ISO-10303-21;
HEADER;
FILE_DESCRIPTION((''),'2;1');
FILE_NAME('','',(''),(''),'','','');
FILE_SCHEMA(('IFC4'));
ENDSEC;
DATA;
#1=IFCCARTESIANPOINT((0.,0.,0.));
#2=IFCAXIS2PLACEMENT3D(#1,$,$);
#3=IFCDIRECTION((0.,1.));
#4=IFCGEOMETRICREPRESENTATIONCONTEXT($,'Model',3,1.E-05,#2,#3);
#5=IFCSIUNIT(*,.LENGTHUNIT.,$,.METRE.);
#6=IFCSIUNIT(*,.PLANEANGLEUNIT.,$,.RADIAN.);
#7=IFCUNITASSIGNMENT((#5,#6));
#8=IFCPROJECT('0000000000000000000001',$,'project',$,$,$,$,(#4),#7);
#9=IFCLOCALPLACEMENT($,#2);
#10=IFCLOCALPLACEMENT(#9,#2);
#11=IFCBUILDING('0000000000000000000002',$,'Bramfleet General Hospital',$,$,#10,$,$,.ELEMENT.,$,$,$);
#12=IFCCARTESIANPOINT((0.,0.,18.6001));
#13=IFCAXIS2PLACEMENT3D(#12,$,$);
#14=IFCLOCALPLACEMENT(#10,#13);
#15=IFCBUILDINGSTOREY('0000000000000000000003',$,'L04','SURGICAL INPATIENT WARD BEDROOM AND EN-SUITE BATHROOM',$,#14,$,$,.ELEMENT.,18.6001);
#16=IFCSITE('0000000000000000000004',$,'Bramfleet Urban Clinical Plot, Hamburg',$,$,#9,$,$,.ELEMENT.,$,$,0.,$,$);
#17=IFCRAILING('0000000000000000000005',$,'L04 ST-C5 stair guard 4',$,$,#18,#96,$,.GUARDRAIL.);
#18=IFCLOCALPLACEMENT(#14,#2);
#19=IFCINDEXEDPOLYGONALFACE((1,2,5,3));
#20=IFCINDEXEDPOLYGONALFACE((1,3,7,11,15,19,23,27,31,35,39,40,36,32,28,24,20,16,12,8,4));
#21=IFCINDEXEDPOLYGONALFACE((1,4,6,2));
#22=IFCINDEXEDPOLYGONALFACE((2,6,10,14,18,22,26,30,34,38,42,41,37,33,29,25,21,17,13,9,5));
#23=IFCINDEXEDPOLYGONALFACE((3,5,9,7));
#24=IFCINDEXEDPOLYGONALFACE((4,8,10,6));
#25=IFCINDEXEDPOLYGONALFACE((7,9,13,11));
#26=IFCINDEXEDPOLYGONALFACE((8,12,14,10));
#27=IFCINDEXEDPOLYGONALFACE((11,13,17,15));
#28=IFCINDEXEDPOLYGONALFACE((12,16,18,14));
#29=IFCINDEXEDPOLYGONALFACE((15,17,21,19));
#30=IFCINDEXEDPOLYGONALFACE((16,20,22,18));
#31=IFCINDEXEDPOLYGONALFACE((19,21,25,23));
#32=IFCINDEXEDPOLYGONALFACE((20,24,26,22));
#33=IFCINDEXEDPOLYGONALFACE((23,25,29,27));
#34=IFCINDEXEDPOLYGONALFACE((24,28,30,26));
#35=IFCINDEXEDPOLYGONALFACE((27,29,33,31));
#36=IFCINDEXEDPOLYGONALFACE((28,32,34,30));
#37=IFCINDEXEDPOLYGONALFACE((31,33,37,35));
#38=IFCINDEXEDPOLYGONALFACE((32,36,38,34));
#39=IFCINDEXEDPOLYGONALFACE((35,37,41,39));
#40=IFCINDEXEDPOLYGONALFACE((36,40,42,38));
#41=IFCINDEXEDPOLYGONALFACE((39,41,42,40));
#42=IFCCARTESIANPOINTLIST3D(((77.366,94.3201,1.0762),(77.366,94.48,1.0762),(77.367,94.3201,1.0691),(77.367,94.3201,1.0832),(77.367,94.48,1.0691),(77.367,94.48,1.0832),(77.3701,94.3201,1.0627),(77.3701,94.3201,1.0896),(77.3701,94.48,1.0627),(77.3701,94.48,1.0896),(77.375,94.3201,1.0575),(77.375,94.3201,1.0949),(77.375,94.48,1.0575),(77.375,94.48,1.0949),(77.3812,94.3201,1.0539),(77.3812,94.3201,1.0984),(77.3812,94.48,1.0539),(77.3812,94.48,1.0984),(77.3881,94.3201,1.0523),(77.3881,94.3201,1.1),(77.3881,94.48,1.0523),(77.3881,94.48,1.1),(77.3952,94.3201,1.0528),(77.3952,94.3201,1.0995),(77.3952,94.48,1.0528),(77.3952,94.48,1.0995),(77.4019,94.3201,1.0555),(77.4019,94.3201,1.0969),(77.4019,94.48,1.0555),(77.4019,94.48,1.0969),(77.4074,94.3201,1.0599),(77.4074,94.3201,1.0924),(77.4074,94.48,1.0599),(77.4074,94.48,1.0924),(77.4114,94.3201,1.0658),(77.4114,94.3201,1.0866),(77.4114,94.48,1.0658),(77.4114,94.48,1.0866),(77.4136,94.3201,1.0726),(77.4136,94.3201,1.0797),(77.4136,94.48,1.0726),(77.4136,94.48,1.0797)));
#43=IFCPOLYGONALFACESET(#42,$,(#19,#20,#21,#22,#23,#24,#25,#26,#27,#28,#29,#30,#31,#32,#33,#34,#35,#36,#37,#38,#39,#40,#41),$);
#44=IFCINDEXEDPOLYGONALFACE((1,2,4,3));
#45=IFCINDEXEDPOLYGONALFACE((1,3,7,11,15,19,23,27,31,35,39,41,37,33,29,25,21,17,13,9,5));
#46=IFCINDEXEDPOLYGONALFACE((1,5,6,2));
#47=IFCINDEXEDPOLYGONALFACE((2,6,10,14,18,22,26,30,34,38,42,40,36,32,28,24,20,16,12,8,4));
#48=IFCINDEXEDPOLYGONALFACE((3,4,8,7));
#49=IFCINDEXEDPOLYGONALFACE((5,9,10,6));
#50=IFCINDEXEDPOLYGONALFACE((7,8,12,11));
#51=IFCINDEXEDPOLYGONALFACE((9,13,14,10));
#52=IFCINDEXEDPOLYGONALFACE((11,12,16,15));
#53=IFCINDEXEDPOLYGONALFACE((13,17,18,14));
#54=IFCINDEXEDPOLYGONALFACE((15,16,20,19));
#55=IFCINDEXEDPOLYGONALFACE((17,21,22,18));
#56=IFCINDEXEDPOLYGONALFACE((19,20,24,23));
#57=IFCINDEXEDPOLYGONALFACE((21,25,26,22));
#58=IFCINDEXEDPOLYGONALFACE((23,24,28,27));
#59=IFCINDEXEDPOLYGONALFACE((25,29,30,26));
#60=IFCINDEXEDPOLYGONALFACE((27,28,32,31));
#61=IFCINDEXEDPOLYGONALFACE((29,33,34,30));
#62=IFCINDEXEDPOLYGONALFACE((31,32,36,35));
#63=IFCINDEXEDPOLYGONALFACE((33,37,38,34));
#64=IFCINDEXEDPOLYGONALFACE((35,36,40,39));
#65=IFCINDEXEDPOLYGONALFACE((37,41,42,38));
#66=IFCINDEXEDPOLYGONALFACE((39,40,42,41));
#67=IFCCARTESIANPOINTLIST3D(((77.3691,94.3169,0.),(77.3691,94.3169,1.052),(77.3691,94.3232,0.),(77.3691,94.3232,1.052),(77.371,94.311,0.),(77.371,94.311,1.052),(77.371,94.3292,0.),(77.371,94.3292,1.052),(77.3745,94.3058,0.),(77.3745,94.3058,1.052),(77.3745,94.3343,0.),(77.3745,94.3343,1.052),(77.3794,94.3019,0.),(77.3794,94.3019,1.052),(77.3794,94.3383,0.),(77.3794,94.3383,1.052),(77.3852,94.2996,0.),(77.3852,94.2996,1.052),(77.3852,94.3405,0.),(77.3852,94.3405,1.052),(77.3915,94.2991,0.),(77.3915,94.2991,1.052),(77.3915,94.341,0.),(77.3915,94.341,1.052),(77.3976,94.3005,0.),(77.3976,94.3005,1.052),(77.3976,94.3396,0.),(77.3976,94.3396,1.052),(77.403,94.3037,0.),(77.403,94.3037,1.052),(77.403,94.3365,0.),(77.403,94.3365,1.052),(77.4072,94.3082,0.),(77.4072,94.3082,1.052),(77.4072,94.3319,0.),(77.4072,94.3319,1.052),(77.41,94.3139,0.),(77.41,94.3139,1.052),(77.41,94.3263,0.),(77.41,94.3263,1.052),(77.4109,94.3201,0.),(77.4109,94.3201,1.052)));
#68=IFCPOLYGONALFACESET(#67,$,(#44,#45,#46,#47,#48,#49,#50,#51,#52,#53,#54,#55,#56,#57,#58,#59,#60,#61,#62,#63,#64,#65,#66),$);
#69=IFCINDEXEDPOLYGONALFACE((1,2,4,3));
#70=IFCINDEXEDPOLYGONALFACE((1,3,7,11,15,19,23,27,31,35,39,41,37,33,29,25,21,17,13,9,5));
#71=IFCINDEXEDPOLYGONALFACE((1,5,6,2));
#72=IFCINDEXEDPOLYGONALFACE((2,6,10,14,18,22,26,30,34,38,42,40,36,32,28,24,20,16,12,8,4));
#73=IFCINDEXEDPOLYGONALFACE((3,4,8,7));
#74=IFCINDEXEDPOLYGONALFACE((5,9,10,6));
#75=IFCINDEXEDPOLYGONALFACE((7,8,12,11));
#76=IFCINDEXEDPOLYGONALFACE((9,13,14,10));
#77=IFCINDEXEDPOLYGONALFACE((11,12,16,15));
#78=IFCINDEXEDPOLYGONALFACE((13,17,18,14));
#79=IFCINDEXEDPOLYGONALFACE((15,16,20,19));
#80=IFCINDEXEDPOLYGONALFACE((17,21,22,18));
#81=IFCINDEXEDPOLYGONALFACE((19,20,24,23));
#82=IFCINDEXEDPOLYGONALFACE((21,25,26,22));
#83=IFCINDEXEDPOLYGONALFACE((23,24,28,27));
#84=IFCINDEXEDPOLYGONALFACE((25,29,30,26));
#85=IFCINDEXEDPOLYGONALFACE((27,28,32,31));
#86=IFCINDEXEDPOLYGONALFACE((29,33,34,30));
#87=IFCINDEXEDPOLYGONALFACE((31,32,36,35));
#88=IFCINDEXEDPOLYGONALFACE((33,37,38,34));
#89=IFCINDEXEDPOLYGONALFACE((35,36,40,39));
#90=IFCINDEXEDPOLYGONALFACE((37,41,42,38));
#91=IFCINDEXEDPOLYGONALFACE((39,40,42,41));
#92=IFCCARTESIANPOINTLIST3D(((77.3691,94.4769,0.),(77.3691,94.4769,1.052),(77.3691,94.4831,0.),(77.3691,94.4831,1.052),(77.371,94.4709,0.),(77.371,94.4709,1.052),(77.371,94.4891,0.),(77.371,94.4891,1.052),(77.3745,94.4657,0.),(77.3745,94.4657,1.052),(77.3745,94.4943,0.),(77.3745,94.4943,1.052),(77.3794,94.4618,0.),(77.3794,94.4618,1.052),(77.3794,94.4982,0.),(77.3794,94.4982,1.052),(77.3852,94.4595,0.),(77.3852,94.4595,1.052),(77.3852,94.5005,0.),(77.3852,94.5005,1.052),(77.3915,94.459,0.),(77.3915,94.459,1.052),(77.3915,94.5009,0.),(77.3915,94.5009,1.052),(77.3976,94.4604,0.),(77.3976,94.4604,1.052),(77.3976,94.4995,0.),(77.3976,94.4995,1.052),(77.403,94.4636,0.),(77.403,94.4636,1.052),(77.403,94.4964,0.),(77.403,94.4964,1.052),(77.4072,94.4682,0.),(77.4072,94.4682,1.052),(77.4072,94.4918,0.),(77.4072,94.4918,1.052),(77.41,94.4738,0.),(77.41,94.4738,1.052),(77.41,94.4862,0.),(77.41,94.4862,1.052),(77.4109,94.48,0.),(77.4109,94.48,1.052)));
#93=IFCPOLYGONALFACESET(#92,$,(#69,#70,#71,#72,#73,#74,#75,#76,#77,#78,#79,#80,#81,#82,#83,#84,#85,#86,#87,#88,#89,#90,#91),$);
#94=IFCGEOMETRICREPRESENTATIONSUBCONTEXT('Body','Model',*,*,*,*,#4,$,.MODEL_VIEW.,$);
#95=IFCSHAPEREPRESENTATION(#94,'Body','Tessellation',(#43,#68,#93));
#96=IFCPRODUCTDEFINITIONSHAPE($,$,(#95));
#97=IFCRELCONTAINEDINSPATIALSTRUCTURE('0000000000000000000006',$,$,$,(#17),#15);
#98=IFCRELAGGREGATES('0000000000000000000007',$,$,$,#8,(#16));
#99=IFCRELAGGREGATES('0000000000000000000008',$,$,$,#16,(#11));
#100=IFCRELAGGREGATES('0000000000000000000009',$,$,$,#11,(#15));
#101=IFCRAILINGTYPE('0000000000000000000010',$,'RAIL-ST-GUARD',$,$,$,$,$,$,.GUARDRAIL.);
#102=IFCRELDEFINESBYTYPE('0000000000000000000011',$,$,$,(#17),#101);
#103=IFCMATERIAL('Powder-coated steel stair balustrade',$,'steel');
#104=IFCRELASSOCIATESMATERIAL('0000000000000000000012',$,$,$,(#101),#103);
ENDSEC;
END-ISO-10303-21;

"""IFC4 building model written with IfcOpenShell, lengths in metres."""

from ifc_helpers import new_model, si_unit, direction, frame, origin, origin_2d, place, context, subcontext, project, spatial, circle, extrude, material, type_object, element, save


model = new_model("IFC4")

# Units and contexts
model_context = context("Model", 3, precision=1e-05, world=origin(), true_north=direction((0.0, 1.0)))
body_context = subcontext(model_context, "Body", "Model", "MODEL_VIEW")
ifc_project = project(units=[si_unit("LENGTHUNIT", "METRE"), si_unit("PLANEANGLEUNIT", "RADIAN")], contexts=[model_context])

# Site, building, storey
site_placement = place(None, origin())
site = spatial("IfcSite", under=ifc_project, at=site_placement, Name="Bramfleet Urban Clinical Plot, Hamburg", CompositionType="ELEMENT", RefElevation=0.0)
building_placement = place(site_placement, origin())
building = spatial("IfcBuilding", under=site, at=building_placement, Name="Bramfleet General Hospital", CompositionType="ELEMENT")
storey_placement = place(building_placement, frame((0.0, 0.0, 18.6001)))
storey = spatial("IfcBuildingStorey", under=building, at=storey_placement, Name="L04", Description="SURGICAL INPATIENT WARD BEDROOM AND EN-SUITE BATHROOM", CompositionType="ELEMENT", Elevation=18.6001)

# Railing
ifc_material_1 = material(Name="Powder-coated steel stair balustrade", Category="steel")
railing_type_1 = type_object("IfcRailingType", Name="RAIL-ST-GUARD", PredefinedType="GUARDRAIL", material=ifc_material_1)
railing_1_placement = place(storey_placement, frame((77.3899, 94.3201, 0.0)))
element("IfcRailing", 1, at=railing_1_placement, inside=storey, type_object=railing_type_1, Name="L04 ST-C5 stair guard 4", PredefinedType="GUARDRAIL", context=body_context, shape_type="SweptSolid", body=[
    extrude(circle(Radius=0.0239, at=origin_2d()), frame((0.0, 0.0, 1.0762), z_axis=(0.0, 1.0, 0.0), x_axis=(-1.0, 0.0, 0.0)), (0.0, 0.0, 1.0), 0.1599),
    extrude(circle(Radius=0.021, at=origin_2d()), origin(), (0.0, 0.0, 1.0), 1.052),
    extrude(circle(Radius=0.021, at=origin_2d()), frame((0.0, 0.1599, 0.0)), (0.0, 0.0, 1.0), 1.052),
])

save(model, "model.ifc")
